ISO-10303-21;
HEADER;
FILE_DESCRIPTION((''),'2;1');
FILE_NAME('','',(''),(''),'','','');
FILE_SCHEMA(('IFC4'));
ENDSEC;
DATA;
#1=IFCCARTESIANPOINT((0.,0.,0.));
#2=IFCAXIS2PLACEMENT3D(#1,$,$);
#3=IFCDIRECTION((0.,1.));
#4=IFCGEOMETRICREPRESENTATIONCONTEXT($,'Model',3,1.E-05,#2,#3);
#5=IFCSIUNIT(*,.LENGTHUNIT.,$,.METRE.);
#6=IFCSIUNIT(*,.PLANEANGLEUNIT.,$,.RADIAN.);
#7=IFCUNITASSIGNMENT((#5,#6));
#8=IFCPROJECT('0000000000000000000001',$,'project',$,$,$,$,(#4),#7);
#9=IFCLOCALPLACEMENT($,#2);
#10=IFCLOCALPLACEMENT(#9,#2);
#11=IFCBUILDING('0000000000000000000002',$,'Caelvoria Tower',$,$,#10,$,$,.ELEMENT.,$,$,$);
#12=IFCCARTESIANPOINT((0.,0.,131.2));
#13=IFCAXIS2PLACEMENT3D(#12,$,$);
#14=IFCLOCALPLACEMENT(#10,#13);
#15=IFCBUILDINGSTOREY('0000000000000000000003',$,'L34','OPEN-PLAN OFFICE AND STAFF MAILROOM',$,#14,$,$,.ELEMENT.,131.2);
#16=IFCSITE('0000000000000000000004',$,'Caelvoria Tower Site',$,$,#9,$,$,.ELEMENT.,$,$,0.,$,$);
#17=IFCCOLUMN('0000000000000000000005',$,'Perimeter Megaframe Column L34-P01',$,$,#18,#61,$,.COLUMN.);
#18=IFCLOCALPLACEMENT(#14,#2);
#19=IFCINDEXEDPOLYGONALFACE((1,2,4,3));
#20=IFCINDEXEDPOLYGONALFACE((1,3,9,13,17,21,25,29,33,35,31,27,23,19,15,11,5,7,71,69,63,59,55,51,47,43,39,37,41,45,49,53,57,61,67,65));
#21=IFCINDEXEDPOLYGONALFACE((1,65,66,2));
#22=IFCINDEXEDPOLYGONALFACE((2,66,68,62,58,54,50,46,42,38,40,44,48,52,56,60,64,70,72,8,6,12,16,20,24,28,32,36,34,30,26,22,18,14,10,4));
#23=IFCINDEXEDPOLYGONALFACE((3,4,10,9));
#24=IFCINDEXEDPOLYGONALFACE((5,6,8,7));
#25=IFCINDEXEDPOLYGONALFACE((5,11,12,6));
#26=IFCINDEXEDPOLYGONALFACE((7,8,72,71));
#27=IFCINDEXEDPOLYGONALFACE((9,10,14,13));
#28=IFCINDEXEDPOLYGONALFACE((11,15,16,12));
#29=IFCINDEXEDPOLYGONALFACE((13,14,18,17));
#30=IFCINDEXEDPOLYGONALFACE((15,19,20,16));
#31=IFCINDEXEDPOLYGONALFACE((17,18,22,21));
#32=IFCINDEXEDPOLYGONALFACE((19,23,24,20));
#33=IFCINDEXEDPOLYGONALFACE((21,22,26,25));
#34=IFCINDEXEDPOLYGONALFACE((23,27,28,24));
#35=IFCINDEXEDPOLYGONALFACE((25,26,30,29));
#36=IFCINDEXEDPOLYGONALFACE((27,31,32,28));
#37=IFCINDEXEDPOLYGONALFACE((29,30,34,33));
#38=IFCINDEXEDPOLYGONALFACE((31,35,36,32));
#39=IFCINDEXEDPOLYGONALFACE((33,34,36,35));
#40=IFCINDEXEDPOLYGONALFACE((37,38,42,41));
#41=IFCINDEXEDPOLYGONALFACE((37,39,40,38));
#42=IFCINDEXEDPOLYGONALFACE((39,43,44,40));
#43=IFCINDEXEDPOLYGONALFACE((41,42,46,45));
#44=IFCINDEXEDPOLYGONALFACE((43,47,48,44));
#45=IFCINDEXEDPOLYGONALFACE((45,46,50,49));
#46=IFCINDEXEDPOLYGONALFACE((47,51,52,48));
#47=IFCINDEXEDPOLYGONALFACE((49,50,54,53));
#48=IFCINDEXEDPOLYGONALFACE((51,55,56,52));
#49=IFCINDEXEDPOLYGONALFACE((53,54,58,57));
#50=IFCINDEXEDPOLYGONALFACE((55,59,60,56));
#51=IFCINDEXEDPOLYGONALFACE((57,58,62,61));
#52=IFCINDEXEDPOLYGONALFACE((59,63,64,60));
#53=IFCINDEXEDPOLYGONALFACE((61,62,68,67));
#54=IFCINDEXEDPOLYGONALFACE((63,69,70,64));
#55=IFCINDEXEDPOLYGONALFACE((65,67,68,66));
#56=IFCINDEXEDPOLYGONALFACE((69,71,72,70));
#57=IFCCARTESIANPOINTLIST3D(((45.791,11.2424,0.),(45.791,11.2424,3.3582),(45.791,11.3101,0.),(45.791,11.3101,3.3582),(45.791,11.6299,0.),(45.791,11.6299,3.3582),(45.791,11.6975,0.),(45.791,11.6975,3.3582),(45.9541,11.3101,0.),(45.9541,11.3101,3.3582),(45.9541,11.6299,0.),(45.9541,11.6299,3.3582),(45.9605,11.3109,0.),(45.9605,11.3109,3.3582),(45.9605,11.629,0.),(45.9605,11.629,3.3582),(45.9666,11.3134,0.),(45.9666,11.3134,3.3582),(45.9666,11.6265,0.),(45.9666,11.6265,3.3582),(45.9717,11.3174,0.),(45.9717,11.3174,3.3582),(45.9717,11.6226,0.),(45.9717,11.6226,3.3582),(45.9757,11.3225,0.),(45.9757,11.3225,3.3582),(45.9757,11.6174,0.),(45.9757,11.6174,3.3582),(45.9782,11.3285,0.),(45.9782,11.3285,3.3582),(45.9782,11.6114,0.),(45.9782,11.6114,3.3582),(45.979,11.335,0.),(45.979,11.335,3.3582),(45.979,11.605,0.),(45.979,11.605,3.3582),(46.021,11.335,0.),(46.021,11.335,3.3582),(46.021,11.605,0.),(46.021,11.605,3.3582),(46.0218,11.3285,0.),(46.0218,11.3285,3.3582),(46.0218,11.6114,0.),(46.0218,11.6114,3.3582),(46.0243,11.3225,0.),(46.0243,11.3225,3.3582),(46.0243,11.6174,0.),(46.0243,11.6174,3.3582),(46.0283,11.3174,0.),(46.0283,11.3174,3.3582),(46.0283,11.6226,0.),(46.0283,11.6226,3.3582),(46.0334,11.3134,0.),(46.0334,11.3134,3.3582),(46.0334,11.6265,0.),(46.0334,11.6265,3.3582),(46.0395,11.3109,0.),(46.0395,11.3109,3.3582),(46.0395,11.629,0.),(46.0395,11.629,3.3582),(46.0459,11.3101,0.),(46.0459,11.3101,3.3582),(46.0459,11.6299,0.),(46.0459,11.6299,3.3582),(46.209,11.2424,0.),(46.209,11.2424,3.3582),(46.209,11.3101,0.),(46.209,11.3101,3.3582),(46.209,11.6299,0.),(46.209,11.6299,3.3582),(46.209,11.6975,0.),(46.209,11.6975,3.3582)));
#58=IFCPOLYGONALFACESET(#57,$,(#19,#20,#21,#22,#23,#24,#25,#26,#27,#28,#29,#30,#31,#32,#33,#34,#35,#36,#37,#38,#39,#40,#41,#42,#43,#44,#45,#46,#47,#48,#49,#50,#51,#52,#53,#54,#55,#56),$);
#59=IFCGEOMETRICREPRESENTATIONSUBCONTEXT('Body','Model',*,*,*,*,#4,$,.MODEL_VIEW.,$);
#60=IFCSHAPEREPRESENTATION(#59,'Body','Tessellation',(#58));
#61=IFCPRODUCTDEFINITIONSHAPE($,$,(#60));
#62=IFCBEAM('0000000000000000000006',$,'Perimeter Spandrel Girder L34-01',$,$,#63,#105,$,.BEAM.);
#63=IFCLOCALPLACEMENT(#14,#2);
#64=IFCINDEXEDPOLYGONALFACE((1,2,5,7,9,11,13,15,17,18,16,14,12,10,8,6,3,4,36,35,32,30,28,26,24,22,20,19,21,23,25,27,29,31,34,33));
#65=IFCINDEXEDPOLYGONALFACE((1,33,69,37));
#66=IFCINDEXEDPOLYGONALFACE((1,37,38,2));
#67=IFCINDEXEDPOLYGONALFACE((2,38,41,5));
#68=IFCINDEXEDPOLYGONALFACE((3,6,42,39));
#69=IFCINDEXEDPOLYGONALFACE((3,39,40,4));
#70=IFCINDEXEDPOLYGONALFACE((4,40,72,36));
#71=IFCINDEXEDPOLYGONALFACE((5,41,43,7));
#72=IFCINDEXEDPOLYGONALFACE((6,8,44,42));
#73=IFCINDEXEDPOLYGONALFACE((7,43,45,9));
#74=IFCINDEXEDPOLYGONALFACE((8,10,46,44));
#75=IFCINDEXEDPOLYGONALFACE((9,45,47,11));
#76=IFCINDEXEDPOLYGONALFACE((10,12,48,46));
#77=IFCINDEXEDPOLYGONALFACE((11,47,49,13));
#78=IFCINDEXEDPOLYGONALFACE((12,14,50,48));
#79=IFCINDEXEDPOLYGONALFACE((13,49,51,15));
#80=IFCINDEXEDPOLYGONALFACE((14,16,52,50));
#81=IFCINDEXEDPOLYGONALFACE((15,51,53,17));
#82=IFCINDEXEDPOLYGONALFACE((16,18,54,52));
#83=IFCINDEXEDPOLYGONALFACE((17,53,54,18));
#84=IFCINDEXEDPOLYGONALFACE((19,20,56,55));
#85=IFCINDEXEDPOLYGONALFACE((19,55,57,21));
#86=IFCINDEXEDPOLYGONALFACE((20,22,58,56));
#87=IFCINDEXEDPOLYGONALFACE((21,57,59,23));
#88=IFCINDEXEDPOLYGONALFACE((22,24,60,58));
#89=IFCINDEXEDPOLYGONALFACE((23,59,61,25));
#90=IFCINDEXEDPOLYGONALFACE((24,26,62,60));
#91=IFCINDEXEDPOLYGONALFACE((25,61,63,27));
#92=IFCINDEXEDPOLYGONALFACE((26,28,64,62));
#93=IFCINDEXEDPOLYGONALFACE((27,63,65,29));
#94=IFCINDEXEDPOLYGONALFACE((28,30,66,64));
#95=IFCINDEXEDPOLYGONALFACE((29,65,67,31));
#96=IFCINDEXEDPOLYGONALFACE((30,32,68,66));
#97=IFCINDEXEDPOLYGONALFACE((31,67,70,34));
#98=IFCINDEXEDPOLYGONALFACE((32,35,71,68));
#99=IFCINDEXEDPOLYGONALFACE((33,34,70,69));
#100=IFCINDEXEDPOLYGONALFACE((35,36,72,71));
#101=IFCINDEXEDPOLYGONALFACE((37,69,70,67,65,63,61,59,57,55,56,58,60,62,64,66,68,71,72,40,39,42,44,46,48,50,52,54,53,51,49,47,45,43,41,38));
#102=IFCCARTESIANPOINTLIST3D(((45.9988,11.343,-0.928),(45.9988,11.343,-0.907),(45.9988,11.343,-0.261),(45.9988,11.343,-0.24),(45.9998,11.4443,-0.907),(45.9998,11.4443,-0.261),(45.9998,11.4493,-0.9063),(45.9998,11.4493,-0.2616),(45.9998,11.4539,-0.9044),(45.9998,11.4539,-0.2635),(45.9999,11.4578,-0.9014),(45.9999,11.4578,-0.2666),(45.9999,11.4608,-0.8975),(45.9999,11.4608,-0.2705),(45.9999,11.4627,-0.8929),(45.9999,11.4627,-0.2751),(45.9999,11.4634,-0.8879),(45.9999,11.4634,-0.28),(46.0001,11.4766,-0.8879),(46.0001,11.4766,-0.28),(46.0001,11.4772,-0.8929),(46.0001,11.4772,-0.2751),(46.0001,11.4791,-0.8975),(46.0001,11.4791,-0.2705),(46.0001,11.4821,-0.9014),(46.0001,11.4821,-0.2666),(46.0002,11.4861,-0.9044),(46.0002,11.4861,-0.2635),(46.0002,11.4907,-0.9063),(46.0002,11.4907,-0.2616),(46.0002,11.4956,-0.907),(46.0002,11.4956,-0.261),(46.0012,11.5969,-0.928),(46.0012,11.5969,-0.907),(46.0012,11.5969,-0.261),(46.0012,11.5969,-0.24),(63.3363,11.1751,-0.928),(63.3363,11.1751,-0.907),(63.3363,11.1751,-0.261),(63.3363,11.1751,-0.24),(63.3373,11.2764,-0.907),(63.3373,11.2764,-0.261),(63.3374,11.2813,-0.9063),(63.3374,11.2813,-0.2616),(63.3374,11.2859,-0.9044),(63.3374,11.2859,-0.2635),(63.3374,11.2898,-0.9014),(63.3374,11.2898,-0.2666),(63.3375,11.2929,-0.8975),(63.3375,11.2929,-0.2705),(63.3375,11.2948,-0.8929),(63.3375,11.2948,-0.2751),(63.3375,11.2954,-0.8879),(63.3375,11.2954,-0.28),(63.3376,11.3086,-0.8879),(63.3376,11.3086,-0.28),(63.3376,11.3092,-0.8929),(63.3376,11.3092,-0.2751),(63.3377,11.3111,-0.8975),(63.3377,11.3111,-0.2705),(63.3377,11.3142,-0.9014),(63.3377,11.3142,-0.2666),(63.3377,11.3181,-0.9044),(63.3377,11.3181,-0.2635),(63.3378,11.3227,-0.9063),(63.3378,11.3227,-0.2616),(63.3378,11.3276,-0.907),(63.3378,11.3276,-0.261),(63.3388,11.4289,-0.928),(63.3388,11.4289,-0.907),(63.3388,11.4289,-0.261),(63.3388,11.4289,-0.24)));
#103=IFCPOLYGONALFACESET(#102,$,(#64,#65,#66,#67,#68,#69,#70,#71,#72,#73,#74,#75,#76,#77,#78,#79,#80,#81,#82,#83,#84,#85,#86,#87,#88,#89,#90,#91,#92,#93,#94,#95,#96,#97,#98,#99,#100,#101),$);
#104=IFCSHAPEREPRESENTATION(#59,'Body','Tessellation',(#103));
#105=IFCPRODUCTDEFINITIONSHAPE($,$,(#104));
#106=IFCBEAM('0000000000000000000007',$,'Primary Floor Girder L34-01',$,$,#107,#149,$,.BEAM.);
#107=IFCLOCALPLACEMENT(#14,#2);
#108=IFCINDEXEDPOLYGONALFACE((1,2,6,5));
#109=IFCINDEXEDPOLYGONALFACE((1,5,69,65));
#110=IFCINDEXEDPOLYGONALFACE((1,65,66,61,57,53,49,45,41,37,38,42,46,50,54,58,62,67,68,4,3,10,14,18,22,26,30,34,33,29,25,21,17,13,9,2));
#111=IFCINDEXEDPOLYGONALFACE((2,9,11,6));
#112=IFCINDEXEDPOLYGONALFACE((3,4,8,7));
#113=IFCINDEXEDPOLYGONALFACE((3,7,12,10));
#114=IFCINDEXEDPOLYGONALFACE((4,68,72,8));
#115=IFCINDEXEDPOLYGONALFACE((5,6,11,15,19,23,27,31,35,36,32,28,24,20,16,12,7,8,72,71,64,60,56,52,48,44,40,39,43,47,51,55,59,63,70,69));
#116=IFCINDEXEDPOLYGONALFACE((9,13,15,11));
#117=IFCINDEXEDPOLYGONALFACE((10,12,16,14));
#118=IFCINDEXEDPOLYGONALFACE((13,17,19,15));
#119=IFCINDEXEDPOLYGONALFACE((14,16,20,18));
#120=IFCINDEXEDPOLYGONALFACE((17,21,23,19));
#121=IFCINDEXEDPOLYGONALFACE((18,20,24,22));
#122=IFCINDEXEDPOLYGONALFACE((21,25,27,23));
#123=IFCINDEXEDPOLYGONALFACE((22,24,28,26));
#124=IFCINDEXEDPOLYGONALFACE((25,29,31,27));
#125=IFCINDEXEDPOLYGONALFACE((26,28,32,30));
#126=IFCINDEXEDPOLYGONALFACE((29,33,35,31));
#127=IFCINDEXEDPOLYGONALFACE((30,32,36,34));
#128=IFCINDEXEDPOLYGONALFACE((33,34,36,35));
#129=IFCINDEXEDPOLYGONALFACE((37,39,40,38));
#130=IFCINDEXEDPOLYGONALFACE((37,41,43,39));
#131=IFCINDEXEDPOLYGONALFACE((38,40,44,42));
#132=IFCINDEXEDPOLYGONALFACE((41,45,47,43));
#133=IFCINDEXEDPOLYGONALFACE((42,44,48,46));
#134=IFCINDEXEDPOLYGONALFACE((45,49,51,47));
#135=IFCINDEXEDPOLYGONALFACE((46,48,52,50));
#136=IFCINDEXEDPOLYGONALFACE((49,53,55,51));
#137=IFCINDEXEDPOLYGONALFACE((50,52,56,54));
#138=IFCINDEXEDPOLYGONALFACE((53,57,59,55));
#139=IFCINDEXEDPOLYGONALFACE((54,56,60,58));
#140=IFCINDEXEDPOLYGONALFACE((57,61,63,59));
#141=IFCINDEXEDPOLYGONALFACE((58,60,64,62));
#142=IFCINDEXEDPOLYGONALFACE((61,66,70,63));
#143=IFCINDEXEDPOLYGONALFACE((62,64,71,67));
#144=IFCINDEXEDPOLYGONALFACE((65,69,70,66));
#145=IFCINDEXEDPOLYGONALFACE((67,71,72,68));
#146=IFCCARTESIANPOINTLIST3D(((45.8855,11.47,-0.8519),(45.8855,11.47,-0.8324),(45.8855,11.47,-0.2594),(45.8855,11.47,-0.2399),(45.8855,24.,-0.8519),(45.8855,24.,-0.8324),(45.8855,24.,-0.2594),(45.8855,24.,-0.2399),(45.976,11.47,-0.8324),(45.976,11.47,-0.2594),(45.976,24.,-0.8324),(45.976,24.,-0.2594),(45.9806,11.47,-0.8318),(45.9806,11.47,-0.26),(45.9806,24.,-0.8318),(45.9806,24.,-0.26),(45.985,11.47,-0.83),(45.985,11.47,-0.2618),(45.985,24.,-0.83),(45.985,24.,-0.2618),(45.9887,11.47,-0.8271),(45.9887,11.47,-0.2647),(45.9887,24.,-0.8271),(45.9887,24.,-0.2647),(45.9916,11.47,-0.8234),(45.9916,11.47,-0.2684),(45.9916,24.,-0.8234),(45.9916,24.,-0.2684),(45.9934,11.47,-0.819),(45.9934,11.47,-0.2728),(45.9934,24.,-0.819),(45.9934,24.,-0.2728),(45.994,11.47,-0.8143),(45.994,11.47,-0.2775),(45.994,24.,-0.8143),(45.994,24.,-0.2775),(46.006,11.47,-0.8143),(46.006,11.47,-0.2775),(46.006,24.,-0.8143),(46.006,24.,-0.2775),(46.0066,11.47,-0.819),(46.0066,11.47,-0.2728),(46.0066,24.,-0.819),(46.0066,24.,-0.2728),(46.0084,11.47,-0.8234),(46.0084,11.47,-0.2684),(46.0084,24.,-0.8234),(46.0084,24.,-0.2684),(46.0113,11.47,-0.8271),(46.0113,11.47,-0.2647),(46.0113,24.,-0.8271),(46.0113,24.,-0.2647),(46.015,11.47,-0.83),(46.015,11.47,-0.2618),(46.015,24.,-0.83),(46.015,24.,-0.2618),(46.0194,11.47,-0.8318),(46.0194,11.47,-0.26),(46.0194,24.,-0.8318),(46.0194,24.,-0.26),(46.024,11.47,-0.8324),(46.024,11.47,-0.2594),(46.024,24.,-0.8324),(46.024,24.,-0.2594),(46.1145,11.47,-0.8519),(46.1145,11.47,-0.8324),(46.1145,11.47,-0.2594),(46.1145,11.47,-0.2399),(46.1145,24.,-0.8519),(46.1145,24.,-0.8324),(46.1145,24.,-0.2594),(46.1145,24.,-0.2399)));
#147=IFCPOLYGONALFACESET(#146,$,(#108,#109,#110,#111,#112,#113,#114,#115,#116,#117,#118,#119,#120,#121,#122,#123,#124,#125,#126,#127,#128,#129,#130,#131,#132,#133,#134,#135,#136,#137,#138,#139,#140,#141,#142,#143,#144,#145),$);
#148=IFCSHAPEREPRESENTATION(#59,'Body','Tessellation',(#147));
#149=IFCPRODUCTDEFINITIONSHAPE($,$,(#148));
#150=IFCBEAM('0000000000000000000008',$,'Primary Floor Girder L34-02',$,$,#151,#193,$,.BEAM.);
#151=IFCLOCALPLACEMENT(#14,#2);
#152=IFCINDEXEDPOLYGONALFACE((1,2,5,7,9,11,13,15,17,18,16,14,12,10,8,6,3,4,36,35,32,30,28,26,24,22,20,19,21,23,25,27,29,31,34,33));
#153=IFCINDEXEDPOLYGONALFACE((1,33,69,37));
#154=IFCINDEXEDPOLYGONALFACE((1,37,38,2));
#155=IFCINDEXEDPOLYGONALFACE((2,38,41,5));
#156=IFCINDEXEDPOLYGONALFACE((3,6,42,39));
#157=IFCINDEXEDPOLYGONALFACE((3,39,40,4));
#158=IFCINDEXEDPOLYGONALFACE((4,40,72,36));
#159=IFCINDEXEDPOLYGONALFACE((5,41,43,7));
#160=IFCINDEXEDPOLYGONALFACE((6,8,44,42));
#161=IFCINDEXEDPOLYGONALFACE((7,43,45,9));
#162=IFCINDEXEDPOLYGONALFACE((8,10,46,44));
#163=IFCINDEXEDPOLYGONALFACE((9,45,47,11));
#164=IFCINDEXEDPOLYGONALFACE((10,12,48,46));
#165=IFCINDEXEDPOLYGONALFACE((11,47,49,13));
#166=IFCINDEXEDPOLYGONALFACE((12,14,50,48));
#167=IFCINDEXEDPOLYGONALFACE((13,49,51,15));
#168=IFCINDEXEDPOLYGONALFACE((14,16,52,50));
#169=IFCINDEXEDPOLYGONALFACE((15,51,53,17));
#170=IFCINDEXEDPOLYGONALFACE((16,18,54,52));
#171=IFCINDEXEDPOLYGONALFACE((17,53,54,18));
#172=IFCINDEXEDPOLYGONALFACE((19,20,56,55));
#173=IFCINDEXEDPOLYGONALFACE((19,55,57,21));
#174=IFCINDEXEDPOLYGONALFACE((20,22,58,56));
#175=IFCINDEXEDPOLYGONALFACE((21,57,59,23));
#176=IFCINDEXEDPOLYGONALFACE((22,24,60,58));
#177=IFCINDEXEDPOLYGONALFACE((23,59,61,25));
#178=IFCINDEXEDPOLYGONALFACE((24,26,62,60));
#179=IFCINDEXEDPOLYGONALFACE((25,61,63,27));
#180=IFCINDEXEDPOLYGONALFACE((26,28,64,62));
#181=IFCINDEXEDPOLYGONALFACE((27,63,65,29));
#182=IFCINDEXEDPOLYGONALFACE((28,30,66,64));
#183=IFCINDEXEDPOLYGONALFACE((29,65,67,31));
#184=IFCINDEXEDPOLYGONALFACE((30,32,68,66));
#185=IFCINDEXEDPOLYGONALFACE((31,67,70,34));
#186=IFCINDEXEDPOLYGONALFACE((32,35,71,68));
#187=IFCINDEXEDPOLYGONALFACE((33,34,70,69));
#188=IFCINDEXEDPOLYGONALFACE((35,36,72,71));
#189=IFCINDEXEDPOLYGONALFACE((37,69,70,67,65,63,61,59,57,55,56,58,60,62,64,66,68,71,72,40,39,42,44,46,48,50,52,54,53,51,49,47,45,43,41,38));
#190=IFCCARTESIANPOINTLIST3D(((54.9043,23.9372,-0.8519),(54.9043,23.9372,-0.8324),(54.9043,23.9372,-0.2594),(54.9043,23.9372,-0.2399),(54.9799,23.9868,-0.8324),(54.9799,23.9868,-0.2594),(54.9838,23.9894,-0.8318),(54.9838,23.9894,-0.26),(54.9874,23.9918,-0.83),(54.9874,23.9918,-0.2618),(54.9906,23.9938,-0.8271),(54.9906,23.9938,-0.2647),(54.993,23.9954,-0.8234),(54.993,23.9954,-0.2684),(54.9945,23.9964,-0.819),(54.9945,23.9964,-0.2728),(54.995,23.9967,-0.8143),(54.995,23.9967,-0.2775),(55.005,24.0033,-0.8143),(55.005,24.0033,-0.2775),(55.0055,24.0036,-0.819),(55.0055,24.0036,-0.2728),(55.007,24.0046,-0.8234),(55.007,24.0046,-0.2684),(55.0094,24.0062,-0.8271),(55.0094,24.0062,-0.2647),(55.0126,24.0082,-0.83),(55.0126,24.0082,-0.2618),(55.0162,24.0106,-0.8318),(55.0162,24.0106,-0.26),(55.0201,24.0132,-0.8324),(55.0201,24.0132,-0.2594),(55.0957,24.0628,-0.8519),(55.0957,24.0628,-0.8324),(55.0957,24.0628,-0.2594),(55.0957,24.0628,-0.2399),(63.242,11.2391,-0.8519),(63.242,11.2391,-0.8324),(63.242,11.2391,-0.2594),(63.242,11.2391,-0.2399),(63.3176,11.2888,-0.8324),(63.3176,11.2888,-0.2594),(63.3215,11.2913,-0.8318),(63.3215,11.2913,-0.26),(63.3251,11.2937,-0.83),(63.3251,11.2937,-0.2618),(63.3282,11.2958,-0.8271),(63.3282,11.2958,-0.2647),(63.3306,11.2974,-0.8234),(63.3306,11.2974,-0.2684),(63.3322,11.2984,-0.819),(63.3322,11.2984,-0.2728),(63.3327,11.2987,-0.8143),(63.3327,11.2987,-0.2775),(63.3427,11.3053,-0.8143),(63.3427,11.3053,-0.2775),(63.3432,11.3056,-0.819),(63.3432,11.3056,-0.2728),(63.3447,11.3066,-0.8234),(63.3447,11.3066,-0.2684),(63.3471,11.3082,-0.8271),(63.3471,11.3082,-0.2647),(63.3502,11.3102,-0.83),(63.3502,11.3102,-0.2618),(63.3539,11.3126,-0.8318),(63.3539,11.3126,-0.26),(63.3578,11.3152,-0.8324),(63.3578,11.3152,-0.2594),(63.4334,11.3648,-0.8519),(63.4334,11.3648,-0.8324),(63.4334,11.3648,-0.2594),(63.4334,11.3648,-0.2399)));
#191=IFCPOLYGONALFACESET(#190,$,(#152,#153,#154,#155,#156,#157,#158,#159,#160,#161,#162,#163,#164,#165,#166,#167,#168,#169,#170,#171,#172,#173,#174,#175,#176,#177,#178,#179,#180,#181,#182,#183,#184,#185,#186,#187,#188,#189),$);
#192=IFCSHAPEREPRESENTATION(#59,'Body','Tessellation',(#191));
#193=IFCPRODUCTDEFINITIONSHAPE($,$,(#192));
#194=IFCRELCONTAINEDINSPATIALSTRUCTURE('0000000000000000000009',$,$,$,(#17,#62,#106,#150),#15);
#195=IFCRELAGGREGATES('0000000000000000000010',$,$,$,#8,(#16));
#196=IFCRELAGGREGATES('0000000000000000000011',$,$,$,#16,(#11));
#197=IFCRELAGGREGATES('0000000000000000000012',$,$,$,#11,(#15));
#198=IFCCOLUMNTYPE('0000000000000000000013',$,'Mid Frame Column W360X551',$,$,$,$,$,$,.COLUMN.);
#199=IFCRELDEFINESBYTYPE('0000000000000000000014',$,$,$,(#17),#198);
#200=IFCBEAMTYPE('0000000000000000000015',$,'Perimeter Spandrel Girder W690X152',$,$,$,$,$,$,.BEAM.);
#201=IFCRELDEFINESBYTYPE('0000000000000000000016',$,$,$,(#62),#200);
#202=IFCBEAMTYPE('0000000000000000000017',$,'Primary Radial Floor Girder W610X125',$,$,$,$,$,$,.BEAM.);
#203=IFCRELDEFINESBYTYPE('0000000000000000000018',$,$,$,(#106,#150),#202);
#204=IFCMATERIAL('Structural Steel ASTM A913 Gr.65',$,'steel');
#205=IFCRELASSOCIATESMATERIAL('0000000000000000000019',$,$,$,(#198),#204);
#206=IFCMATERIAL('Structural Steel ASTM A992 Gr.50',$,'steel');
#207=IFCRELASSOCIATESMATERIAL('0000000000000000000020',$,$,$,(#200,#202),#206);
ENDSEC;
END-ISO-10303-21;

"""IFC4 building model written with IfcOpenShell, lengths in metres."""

from ifc_helpers import new_model, si_unit, direction, frame, origin, origin_2d, place, context, subcontext, project, spatial, i_section, extrude, material, material_profile, profile_set, type_object, element, save


model = new_model("IFC4")

# Units and contexts
model_context = context("Model", 3, precision=1e-05, world=origin(), true_north=direction((0.0, 1.0)))
body_context = subcontext(model_context, "Body", "Model", "MODEL_VIEW")
ifc_project = project(units=[si_unit("LENGTHUNIT", "METRE"), si_unit("PLANEANGLEUNIT", "RADIAN")], contexts=[model_context])

# Site, building, storey
site_placement = place(None, origin())
site = spatial("IfcSite", under=ifc_project, at=site_placement, Name="Caelvoria Tower Site", CompositionType="ELEMENT", RefElevation=0.0)
building_placement = place(site_placement, origin())
building = spatial("IfcBuilding", under=site, at=building_placement, Name="Caelvoria Tower", CompositionType="ELEMENT")
storey_placement = place(building_placement, frame((0.0, 0.0, 131.2)))
storey = spatial("IfcBuildingStorey", under=building, at=storey_placement, Name="L34", Description="OPEN-PLAN OFFICE AND STAFF MAILROOM", CompositionType="ELEMENT", Elevation=131.2)

# Column
ifc_material_1 = material(Name="Structural Steel ASTM A913 Gr.65", Category="steel")
ifc_material_profile_1 = material_profile(ifc_material_1, i_section(OverallWidth=0.418, OverallDepth=0.4551, WebThickness=0.042, FlangeThickness=0.0676, FilletRadius=0.0249, at=origin_2d()), Name="Structural Steel ASTM A913 Gr.65")
ifc_profile_set_1 = profile_set([ifc_material_profile_1], Name="W360X551 - Structural Steel ASTM A913 Gr.65")
column_type = type_object("IfcColumnType", Name="Mid Frame Column W360X551", PredefinedType="COLUMN", material=ifc_profile_set_1)
column_placement = place(storey_placement, frame((46.0, 11.47, 0.0), z_axis=(0.0, 0.0, 1.0), x_axis=(1.0, 0.0, 0.0)))
element("IfcColumn", 1, at=column_placement, inside=storey, type_object=column_type, Name="Perimeter Megaframe Column L34-P01", PredefinedType="COLUMN", context=body_context, shape_type="SweptSolid", body=[
    extrude(i_section(OverallWidth=0.418, OverallDepth=0.4551, WebThickness=0.042, FlangeThickness=0.0676, FilletRadius=0.0249, at=origin_2d()), origin(), (0.0, 0.0, 1.0), 3.3582),
])

# Beams
ifc_material_2 = material(Name="Structural Steel ASTM A992 Gr.50", Category="steel")
ifc_material_profile_2 = material_profile(ifc_material_2, i_section(OverallWidth=0.2539, OverallDepth=0.688, WebThickness=0.0132, FlangeThickness=0.021, FilletRadius=0.019, at=origin_2d()), Name="Structural Steel ASTM A992 Gr.50")
ifc_profile_set_2 = profile_set([ifc_material_profile_2], Name="W690X152 - Structural Steel ASTM A992 Gr.50")
beam_type_1 = type_object("IfcBeamType", Name="Perimeter Spandrel Girder W690X152", PredefinedType="BEAM", material=ifc_profile_set_2)
beam_1_placement = place(storey_placement, frame((46.0, 11.47, -0.584), z_axis=(0.999953, -0.009688, 0.0), x_axis=(0.009688, 0.999953, 0.0)))
element("IfcBeam", 2, at=beam_1_placement, inside=storey, type_object=beam_type_1, Name="Perimeter Spandrel Girder L34-01", PredefinedType="BEAM", context=body_context, shape_type="SweptSolid", body=[
    extrude(i_section(OverallWidth=0.2539, OverallDepth=0.688, WebThickness=0.0132, FlangeThickness=0.021, FilletRadius=0.019, at=origin_2d()), origin(), (0.0, 0.0, 1.0), 17.3384),
])
ifc_material_profile_3 = material_profile(ifc_material_2, i_section(OverallWidth=0.229, OverallDepth=0.6121, WebThickness=0.012, FlangeThickness=0.0195, FilletRadius=0.0181, at=origin_2d()), Name="Structural Steel ASTM A992 Gr.50")
ifc_profile_set_3 = profile_set([ifc_material_profile_3], Name="W610X125 - Structural Steel ASTM A992 Gr.50")
beam_type_2 = type_object("IfcBeamType", Name="Primary Radial Floor Girder W610X125", PredefinedType="BEAM", material=ifc_profile_set_3)
beam_2_placement = place(storey_placement, frame((46.0, 24.0, -0.5459), z_axis=(0.0, -1.0, 0.0), x_axis=(1.0, 0.0, 0.0)))
element("IfcBeam", 3, at=beam_2_placement, inside=storey, type_object=beam_type_2, Name="Primary Floor Girder L34-01", PredefinedType="BEAM", context=body_context, shape_type="SweptSolid", body=[
    extrude(i_section(OverallWidth=0.229, OverallDepth=0.6121, WebThickness=0.012, FlangeThickness=0.0195, FilletRadius=0.0181, at=origin_2d()), origin(), (0.0, 0.0, 1.0), 12.53),
])
beam_3_placement = place(storey_placement, frame((55.0, 24.0, -0.5459), z_axis=(0.548867, -0.835909, 0.0), x_axis=(0.835909, 0.548867, 0.0)))
element("IfcBeam", 4, at=beam_3_placement, inside=storey, type_object=beam_type_2, Name="Primary Floor Girder L34-02", PredefinedType="BEAM", context=body_context, shape_type="SweptSolid", body=[
    extrude(i_section(OverallWidth=0.229, OverallDepth=0.6121, WebThickness=0.012, FlangeThickness=0.0195, FilletRadius=0.0181, at=origin_2d()), origin(), (0.0, 0.0, 1.0), 15.1907),
])

save(model, "model.ifc")
